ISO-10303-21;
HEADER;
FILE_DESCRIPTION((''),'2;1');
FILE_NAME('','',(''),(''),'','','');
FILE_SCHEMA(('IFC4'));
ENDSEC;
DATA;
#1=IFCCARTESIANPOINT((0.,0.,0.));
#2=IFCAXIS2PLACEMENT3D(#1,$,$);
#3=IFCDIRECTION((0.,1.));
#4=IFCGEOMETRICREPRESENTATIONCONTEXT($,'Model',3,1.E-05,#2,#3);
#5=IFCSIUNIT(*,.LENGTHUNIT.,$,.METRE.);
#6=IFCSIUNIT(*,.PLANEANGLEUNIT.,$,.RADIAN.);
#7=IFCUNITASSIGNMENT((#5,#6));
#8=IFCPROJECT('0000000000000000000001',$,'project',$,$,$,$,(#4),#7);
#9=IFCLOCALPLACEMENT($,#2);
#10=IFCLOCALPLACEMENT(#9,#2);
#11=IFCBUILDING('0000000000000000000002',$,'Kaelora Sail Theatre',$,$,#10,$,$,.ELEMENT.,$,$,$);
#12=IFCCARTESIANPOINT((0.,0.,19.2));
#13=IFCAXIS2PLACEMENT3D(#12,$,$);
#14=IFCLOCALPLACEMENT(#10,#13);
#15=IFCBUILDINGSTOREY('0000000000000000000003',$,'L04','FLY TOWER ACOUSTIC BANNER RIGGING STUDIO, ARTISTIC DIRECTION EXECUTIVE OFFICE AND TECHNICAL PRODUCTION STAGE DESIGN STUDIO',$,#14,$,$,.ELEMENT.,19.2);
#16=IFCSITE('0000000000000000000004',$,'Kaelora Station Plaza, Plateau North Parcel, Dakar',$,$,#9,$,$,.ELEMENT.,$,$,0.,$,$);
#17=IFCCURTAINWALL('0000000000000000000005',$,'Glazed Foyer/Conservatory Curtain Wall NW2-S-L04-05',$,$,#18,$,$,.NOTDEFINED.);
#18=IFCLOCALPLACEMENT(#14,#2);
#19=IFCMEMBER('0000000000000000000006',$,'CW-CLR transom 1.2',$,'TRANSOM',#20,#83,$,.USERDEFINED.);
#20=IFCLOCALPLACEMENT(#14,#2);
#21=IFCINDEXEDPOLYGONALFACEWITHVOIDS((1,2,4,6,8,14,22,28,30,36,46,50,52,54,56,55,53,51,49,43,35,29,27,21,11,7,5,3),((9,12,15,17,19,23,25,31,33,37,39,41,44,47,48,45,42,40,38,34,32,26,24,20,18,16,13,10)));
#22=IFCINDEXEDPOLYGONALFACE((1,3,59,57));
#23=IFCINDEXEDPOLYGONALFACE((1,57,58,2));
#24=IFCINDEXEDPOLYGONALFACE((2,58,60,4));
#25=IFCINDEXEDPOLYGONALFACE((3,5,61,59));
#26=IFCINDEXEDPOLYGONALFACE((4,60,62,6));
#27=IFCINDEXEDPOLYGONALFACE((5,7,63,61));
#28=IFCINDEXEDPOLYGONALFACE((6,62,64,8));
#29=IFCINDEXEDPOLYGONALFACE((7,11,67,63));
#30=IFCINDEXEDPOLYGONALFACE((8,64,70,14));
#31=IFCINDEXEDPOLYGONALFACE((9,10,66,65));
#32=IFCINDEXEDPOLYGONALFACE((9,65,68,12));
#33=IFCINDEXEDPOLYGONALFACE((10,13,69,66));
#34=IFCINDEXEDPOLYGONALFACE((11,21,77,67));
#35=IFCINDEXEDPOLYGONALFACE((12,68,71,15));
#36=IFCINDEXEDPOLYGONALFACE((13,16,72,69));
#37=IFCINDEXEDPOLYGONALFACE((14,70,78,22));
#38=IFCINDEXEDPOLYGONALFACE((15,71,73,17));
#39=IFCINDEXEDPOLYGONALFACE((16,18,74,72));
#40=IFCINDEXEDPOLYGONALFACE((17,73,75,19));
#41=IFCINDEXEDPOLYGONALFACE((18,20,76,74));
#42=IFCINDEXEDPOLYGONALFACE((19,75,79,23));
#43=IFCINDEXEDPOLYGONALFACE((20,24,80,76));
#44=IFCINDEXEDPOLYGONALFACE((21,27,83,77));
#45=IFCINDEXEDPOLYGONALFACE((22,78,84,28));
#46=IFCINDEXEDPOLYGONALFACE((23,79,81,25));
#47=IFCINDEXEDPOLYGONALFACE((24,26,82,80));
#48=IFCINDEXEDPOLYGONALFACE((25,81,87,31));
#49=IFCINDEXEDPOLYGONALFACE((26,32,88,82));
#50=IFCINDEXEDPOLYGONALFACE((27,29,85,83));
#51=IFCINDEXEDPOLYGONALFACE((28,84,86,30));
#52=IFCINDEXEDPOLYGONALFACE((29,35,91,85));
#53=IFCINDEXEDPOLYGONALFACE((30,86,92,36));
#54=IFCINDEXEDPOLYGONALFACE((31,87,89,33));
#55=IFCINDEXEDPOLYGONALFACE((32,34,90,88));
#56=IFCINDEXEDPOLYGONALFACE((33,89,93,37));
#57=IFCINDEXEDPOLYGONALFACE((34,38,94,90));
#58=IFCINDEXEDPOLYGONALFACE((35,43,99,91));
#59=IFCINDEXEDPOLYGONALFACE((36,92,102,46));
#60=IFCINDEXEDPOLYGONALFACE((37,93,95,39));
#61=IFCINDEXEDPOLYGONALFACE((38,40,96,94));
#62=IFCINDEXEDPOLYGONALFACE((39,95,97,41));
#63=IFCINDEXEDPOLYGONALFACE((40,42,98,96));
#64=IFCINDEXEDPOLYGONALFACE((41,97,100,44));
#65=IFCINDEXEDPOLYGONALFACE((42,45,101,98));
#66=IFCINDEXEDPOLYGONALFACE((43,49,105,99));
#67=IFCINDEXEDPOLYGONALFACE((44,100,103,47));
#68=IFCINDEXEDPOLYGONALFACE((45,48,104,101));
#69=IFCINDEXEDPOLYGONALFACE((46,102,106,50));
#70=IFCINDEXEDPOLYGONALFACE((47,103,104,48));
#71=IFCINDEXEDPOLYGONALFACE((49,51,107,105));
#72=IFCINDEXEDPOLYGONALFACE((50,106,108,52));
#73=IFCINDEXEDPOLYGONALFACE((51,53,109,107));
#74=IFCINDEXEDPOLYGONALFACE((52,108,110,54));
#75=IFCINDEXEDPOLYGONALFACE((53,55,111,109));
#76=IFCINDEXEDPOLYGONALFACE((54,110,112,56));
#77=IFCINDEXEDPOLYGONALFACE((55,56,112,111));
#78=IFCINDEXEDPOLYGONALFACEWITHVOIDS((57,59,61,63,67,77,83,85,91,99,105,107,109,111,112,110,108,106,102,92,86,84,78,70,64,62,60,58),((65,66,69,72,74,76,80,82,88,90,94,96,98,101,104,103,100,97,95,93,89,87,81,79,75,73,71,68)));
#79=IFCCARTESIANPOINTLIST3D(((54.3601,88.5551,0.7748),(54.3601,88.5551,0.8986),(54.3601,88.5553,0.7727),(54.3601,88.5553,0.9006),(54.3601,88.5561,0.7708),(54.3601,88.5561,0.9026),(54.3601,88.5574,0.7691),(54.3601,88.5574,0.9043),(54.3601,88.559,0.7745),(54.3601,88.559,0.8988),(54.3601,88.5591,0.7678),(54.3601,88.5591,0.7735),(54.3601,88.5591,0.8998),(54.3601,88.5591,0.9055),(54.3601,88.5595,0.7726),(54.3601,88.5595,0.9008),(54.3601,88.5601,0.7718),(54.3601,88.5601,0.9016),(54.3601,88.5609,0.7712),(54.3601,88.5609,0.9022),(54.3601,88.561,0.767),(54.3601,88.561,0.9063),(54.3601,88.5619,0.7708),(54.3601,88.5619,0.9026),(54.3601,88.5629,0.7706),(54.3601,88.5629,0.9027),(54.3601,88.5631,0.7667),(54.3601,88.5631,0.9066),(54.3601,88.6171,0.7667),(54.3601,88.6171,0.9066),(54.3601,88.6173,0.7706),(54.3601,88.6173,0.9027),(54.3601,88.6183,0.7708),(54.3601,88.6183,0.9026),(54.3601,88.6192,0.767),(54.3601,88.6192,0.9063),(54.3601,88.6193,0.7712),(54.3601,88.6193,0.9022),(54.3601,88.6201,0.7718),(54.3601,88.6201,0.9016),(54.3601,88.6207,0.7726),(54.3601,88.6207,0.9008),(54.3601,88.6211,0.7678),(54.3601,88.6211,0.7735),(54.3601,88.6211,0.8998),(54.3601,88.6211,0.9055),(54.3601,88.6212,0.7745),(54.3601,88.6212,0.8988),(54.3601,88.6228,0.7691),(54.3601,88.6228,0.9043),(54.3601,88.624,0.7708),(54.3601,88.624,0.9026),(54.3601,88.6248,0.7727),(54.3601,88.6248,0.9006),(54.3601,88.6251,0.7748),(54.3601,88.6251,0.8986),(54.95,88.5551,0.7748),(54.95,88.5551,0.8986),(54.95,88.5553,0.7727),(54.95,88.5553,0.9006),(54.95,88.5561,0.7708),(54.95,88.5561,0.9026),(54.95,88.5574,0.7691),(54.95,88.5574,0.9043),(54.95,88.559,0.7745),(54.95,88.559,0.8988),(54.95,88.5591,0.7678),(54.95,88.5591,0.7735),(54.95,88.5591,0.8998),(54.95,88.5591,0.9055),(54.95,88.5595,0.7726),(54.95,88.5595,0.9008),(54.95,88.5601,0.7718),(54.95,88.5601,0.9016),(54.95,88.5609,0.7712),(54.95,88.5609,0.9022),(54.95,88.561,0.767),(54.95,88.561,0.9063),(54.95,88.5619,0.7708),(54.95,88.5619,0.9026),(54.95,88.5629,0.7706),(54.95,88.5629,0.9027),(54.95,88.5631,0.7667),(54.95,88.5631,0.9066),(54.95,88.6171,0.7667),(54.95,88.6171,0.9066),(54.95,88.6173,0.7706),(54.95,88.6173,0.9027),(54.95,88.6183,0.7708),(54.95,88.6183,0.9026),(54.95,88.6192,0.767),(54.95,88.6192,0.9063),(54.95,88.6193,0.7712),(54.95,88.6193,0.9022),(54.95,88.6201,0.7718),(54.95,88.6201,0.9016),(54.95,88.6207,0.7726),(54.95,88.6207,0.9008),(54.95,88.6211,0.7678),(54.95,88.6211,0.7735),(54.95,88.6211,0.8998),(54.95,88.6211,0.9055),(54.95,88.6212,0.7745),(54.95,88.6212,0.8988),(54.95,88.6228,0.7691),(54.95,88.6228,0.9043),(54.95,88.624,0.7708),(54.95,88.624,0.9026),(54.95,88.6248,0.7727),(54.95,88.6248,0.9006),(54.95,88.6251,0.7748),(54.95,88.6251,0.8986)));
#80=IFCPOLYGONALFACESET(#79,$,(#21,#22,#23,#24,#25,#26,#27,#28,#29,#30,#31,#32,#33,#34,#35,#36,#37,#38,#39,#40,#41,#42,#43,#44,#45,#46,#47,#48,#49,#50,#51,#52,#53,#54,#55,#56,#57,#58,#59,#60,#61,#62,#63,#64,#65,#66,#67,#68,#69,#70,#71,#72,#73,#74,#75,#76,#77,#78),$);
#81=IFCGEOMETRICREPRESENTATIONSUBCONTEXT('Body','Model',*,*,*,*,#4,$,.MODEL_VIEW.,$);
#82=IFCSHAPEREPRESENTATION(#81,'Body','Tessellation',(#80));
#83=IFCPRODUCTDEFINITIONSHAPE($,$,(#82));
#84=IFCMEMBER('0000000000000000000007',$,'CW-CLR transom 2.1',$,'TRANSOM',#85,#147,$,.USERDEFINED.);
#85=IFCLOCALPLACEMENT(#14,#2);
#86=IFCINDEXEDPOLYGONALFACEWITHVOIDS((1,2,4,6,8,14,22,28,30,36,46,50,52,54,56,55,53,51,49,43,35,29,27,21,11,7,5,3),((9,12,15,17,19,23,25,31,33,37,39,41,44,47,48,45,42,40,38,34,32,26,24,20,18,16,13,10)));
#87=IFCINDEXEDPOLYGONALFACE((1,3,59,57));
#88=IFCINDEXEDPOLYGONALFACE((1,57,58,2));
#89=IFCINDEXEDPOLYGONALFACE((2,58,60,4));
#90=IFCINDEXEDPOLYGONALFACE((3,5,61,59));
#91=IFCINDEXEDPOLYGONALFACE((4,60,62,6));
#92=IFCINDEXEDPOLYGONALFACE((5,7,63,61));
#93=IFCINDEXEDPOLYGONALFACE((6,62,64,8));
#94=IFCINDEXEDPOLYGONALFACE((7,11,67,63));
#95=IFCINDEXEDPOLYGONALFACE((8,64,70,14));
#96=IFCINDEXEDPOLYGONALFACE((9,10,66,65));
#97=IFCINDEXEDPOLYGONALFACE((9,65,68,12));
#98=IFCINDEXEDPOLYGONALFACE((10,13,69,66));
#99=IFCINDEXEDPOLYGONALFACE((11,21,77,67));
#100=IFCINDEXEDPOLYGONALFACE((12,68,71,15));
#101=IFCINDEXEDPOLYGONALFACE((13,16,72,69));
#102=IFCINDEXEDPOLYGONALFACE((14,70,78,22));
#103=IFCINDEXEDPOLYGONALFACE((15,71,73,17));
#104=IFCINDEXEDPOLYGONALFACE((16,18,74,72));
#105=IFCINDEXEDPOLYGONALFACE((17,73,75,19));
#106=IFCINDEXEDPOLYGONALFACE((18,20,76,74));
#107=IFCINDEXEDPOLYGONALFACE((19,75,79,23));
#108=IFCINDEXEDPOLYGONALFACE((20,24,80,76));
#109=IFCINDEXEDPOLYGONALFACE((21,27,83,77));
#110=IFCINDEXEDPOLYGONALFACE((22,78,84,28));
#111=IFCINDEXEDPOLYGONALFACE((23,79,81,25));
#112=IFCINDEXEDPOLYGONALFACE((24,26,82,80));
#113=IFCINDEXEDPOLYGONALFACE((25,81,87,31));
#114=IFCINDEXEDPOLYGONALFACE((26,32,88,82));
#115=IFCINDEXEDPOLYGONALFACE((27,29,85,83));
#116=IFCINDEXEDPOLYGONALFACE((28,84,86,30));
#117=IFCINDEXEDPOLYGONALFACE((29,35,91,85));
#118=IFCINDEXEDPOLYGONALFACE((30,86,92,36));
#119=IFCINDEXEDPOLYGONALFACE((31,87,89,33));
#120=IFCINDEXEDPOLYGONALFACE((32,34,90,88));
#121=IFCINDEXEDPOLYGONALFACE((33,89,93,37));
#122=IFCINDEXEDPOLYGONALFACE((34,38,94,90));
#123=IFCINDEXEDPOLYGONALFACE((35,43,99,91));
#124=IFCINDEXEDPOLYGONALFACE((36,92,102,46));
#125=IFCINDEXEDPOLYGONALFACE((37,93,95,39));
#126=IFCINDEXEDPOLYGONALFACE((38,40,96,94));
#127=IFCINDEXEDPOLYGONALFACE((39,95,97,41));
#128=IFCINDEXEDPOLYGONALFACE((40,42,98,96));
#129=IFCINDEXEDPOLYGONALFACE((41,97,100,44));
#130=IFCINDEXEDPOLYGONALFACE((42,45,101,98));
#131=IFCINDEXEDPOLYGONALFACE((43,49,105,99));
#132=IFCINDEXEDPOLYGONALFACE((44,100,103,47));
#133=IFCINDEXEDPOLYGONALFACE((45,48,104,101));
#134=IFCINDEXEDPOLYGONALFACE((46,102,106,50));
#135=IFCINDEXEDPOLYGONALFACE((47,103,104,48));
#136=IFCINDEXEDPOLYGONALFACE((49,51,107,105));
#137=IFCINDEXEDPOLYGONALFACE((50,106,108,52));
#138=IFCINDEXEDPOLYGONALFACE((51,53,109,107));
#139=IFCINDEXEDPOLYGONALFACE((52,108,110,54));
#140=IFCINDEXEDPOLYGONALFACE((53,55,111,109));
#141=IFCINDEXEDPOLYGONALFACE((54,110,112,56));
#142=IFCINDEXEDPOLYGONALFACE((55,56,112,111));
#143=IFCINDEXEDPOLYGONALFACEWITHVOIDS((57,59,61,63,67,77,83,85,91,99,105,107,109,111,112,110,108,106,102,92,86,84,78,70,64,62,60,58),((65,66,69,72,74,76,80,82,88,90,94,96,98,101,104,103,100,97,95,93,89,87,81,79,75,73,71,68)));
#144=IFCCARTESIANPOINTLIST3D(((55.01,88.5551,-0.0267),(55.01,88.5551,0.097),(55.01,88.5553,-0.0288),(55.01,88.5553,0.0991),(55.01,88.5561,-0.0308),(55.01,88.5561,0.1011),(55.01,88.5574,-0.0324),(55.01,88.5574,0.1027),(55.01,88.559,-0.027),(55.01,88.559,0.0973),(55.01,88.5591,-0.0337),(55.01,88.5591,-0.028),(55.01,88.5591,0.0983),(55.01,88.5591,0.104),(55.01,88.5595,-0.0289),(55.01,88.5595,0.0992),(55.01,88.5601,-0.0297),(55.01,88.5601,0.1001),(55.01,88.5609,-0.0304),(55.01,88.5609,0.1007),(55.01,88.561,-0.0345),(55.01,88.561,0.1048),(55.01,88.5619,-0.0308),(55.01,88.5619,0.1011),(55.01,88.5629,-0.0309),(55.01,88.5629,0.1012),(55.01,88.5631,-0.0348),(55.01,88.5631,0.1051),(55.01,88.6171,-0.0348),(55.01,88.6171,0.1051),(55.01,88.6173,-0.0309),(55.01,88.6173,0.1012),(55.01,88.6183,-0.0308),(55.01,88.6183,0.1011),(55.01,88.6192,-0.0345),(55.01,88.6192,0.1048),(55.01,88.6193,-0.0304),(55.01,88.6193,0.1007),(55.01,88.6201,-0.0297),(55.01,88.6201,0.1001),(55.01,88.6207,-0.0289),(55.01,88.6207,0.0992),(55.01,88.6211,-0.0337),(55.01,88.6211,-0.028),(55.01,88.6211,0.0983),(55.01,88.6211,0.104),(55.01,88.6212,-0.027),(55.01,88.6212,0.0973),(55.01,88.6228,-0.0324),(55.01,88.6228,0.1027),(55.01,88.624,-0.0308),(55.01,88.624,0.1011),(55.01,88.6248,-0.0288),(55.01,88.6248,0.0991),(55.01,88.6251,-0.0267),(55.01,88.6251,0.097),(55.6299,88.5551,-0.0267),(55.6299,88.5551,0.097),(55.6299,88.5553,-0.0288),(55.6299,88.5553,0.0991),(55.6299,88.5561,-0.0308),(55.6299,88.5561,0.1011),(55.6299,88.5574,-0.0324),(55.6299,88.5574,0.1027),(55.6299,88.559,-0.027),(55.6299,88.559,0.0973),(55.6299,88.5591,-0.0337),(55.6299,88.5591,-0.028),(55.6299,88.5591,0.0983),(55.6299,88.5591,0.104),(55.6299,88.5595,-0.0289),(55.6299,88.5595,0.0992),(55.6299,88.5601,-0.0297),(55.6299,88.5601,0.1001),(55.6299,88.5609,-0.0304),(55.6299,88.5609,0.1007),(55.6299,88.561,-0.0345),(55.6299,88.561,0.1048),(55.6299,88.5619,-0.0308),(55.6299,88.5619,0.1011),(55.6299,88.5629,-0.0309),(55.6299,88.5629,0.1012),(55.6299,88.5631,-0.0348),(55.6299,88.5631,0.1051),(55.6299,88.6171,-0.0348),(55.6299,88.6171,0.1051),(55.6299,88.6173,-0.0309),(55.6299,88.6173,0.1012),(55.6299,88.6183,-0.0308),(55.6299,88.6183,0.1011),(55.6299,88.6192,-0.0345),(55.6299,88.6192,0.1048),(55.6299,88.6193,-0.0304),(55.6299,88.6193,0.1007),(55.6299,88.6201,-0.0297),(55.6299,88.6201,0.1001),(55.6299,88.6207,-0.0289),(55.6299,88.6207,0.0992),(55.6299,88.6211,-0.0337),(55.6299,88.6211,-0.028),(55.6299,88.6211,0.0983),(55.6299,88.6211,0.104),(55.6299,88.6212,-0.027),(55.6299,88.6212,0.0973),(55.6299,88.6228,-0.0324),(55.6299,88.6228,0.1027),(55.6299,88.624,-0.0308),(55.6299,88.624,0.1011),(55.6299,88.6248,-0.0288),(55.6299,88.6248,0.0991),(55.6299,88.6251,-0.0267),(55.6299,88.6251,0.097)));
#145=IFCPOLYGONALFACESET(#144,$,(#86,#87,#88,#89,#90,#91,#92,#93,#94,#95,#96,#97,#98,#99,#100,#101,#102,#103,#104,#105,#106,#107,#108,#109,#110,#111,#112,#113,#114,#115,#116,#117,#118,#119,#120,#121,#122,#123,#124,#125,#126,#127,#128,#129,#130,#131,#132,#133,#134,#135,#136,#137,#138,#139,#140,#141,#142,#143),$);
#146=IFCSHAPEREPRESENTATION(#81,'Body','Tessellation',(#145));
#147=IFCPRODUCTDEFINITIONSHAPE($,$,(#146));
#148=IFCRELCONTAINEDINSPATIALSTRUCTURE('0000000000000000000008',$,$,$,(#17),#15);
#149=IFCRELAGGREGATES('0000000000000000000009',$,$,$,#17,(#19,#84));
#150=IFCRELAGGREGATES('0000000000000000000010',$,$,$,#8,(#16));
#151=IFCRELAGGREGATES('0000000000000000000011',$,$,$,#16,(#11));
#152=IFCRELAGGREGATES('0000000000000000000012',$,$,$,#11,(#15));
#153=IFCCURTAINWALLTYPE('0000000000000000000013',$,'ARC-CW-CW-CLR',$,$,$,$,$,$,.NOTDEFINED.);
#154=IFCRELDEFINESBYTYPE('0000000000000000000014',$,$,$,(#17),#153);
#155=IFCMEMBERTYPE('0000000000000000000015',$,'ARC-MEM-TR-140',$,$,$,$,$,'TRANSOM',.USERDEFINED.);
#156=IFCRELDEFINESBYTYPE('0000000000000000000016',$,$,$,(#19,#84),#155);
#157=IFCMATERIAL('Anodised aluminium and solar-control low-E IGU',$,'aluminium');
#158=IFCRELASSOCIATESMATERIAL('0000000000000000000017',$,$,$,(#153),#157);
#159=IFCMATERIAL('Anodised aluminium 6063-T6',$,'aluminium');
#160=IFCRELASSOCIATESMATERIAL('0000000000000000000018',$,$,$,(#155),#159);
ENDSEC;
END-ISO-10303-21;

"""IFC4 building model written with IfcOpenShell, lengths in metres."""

from ifc_helpers import new_model, si_unit, direction, frame, origin, origin_2d, place, context, subcontext, project, spatial, hollow_rectangle, extrude, material, material_profile, profile_set, type_object, element, aggregate, save


model = new_model("IFC4")

# Units and contexts
model_context = context("Model", 3, precision=1e-05, world=origin(), true_north=direction((0.0, 1.0)))
body_context = subcontext(model_context, "Body", "Model", "MODEL_VIEW")
ifc_project = project(units=[si_unit("LENGTHUNIT", "METRE"), si_unit("PLANEANGLEUNIT", "RADIAN")], contexts=[model_context])

# Site, building, storey
site_placement = place(None, origin())
site = spatial("IfcSite", under=ifc_project, at=site_placement, Name="Kaelora Station Plaza, Plateau North Parcel, Dakar", CompositionType="ELEMENT", RefElevation=0.0)
building_placement = place(site_placement, origin())
building = spatial("IfcBuilding", under=site, at=building_placement, Name="Kaelora Sail Theatre", CompositionType="ELEMENT")
storey_placement = place(building_placement, frame((0.0, 0.0, 19.2)))
storey = spatial("IfcBuildingStorey", under=building, at=storey_placement, Name="L04", Description="FLY TOWER ACOUSTIC BANNER RIGGING STUDIO, ARTISTIC DIRECTION EXECUTIVE OFFICE AND TECHNICAL PRODUCTION STAGE DESIGN STUDIO", CompositionType="ELEMENT", Elevation=19.2)

# Curtain wall
ifc_material_1 = material(Name="Anodised aluminium and solar-control low-E IGU", Category="aluminium")
curtain_wall_type = type_object("IfcCurtainWallType", Name="ARC-CW-CW-CLR", PredefinedType="NOTDEFINED", material=ifc_material_1)
curtain_wall_1_placement = place(storey_placement, origin())
curtain_wall_1 = element("IfcCurtainWall", 1, at=curtain_wall_1_placement, inside=storey, type_object=curtain_wall_type, Name="Glazed Foyer/Conservatory Curtain Wall NW2-S-L04-05", PredefinedType="NOTDEFINED")

# Members
ifc_material_2 = material(Name="Anodised aluminium 6063-T6", Category="aluminium")
ifc_material_profile_1 = material_profile(ifc_material_2, hollow_rectangle(XDim=0.0701, YDim=0.1399, WallThickness=0.0039, InnerFilletRadius=0.0039, OuterFilletRadius=0.0081, at=origin_2d()), Name="ALU-TRAN 70x140x4")
ifc_profile_set_1 = profile_set([ifc_material_profile_1], Name="Anodised aluminium 6063-T6")
member_type_1 = type_object("IfcMemberType", Name="ARC-MEM-TR-140", ElementType="TRANSOM", PredefinedType="USERDEFINED", material=ifc_profile_set_1)
member_1_placement = place(storey_placement, frame((54.3601, 88.5901, 0.8367), z_axis=(1.0, 0.0, 0.0), x_axis=(0.0, 1.0, 0.0)))
member_1 = element("IfcMember", 2, at=member_1_placement, type_object=member_type_1, Name="CW-CLR transom 1.2", ObjectType="TRANSOM", PredefinedType="USERDEFINED", context=body_context, shape_type="SweptSolid", body=[
    extrude(hollow_rectangle(XDim=0.0701, YDim=0.1399, WallThickness=0.0039, InnerFilletRadius=0.0039, OuterFilletRadius=0.0081, at=origin_2d()), origin(), (0.0, 0.0, 1.0), 0.5898),
])
member_2_placement = place(storey_placement, frame((55.01, 88.5901, 0.0352), z_axis=(1.0, 0.0, 0.0), x_axis=(0.0, 1.0, 0.0)))
member_2 = element("IfcMember", 3, at=member_2_placement, type_object=member_type_1, Name="CW-CLR transom 2.1", ObjectType="TRANSOM", PredefinedType="USERDEFINED", context=body_context, shape_type="SweptSolid", body=[
    extrude(hollow_rectangle(XDim=0.0701, YDim=0.1399, WallThickness=0.0039, InnerFilletRadius=0.0039, OuterFilletRadius=0.0081, at=origin_2d()), origin(), (0.0, 0.0, 1.0), 0.6199),
])

aggregate(curtain_wall_1, [member_1, member_2])

save(model, "model.ifc")
